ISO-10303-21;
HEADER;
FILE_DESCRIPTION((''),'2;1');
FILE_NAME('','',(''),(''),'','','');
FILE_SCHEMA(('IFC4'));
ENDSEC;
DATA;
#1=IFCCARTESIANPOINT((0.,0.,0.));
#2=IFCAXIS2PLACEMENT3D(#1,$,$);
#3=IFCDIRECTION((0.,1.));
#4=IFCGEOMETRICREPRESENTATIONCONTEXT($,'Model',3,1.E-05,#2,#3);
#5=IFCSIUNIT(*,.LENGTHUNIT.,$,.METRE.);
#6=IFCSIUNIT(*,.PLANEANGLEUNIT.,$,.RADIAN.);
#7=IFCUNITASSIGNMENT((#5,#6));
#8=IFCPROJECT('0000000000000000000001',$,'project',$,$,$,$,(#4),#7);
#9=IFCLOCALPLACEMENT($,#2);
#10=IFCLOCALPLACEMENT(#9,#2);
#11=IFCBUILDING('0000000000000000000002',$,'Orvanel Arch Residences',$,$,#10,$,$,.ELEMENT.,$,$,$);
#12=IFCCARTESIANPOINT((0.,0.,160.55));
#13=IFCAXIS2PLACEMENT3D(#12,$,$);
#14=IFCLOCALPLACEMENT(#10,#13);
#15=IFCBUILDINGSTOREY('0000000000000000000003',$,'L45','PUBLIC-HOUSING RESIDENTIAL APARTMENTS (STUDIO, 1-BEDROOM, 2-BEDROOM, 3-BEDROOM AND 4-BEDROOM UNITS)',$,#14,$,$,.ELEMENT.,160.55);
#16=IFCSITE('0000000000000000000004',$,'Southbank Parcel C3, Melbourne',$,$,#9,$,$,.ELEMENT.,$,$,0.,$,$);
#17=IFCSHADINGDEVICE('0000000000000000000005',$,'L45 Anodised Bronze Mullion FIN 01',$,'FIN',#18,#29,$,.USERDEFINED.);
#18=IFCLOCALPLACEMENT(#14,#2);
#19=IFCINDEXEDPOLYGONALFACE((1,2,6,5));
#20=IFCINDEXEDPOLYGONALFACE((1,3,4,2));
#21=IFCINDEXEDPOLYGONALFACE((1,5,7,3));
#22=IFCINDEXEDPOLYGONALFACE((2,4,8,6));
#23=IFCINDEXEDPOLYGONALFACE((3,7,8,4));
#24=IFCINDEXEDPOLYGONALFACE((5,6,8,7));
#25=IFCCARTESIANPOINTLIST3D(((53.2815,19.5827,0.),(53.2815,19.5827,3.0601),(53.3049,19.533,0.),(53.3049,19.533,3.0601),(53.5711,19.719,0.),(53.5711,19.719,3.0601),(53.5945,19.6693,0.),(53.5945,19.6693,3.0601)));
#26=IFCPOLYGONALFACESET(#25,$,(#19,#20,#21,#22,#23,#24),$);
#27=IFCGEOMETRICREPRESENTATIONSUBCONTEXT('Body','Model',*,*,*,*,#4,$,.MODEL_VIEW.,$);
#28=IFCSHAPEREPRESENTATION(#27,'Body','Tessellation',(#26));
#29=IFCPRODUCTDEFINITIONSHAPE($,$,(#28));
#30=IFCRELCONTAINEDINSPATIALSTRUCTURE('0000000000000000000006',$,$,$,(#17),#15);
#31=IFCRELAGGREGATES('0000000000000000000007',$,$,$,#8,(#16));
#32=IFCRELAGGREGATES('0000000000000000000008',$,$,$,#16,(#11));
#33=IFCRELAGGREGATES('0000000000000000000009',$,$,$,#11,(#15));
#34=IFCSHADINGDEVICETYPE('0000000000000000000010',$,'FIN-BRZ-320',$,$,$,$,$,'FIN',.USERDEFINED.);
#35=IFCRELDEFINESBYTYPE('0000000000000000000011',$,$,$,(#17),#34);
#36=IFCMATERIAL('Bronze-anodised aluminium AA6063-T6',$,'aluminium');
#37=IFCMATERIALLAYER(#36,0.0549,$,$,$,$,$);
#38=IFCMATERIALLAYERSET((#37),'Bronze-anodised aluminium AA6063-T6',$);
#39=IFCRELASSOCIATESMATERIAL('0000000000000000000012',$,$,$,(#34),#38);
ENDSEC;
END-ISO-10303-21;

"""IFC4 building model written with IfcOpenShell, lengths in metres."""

from ifc_helpers import new_model, si_unit, direction, frame, origin, origin_2d, place, context, subcontext, project, spatial, rectangle, extrude, material, layer, layer_set, type_object, element, save


model = new_model("IFC4")

# Units and contexts
model_context = context("Model", 3, precision=1e-05, world=origin(), true_north=direction((0.0, 1.0)))
body_context = subcontext(model_context, "Body", "Model", "MODEL_VIEW")
ifc_project = project(units=[si_unit("LENGTHUNIT", "METRE"), si_unit("PLANEANGLEUNIT", "RADIAN")], contexts=[model_context])

# Site, building, storey
site_placement = place(None, origin())
site = spatial("IfcSite", under=ifc_project, at=site_placement, Name="Southbank Parcel C3, Melbourne", CompositionType="ELEMENT", RefElevation=0.0)
building_placement = place(site_placement, origin())
building = spatial("IfcBuilding", under=site, at=building_placement, Name="Orvanel Arch Residences", CompositionType="ELEMENT")
storey_placement = place(building_placement, frame((0.0, 0.0, 160.55)))
storey = spatial("IfcBuildingStorey", under=building, at=storey_placement, Name="L45", Description="PUBLIC-HOUSING RESIDENTIAL APARTMENTS (STUDIO, 1-BEDROOM, 2-BEDROOM, 3-BEDROOM AND 4-BEDROOM UNITS)", CompositionType="ELEMENT", Elevation=160.55)

# Shared definitions
ifc_material_1 = material(Name="Bronze-anodised aluminium AA6063-T6", Category="aluminium")

# Shading device
ifc_layer_1 = layer(ifc_material_1, 0.0549)
ifc_layer_set_1 = layer_set([ifc_layer_1], Name="Bronze-anodised aluminium AA6063-T6")
shading_device_type = type_object("IfcShadingDeviceType", Name="FIN-BRZ-320", ElementType="FIN", PredefinedType="USERDEFINED", material=ifc_layer_set_1)
shading_device_placement = place(storey_placement, frame((53.438, 19.626, 0.0), z_axis=(0.0, 0.0, 1.0), x_axis=(0.904827, 0.425779, 0.0)))
element("IfcShadingDevice", 1, at=shading_device_placement, inside=storey, type_object=shading_device_type, Name="L45 Anodised Bronze Mullion FIN 01", ObjectType="FIN", PredefinedType="USERDEFINED", context=body_context, shape_type="SweptSolid", body=[
    extrude(rectangle(XDim=0.3201, YDim=0.0549, at=origin_2d()), origin(), (0.0, 0.0, 1.0), 3.0601),
])

save(model, "model.ifc")
